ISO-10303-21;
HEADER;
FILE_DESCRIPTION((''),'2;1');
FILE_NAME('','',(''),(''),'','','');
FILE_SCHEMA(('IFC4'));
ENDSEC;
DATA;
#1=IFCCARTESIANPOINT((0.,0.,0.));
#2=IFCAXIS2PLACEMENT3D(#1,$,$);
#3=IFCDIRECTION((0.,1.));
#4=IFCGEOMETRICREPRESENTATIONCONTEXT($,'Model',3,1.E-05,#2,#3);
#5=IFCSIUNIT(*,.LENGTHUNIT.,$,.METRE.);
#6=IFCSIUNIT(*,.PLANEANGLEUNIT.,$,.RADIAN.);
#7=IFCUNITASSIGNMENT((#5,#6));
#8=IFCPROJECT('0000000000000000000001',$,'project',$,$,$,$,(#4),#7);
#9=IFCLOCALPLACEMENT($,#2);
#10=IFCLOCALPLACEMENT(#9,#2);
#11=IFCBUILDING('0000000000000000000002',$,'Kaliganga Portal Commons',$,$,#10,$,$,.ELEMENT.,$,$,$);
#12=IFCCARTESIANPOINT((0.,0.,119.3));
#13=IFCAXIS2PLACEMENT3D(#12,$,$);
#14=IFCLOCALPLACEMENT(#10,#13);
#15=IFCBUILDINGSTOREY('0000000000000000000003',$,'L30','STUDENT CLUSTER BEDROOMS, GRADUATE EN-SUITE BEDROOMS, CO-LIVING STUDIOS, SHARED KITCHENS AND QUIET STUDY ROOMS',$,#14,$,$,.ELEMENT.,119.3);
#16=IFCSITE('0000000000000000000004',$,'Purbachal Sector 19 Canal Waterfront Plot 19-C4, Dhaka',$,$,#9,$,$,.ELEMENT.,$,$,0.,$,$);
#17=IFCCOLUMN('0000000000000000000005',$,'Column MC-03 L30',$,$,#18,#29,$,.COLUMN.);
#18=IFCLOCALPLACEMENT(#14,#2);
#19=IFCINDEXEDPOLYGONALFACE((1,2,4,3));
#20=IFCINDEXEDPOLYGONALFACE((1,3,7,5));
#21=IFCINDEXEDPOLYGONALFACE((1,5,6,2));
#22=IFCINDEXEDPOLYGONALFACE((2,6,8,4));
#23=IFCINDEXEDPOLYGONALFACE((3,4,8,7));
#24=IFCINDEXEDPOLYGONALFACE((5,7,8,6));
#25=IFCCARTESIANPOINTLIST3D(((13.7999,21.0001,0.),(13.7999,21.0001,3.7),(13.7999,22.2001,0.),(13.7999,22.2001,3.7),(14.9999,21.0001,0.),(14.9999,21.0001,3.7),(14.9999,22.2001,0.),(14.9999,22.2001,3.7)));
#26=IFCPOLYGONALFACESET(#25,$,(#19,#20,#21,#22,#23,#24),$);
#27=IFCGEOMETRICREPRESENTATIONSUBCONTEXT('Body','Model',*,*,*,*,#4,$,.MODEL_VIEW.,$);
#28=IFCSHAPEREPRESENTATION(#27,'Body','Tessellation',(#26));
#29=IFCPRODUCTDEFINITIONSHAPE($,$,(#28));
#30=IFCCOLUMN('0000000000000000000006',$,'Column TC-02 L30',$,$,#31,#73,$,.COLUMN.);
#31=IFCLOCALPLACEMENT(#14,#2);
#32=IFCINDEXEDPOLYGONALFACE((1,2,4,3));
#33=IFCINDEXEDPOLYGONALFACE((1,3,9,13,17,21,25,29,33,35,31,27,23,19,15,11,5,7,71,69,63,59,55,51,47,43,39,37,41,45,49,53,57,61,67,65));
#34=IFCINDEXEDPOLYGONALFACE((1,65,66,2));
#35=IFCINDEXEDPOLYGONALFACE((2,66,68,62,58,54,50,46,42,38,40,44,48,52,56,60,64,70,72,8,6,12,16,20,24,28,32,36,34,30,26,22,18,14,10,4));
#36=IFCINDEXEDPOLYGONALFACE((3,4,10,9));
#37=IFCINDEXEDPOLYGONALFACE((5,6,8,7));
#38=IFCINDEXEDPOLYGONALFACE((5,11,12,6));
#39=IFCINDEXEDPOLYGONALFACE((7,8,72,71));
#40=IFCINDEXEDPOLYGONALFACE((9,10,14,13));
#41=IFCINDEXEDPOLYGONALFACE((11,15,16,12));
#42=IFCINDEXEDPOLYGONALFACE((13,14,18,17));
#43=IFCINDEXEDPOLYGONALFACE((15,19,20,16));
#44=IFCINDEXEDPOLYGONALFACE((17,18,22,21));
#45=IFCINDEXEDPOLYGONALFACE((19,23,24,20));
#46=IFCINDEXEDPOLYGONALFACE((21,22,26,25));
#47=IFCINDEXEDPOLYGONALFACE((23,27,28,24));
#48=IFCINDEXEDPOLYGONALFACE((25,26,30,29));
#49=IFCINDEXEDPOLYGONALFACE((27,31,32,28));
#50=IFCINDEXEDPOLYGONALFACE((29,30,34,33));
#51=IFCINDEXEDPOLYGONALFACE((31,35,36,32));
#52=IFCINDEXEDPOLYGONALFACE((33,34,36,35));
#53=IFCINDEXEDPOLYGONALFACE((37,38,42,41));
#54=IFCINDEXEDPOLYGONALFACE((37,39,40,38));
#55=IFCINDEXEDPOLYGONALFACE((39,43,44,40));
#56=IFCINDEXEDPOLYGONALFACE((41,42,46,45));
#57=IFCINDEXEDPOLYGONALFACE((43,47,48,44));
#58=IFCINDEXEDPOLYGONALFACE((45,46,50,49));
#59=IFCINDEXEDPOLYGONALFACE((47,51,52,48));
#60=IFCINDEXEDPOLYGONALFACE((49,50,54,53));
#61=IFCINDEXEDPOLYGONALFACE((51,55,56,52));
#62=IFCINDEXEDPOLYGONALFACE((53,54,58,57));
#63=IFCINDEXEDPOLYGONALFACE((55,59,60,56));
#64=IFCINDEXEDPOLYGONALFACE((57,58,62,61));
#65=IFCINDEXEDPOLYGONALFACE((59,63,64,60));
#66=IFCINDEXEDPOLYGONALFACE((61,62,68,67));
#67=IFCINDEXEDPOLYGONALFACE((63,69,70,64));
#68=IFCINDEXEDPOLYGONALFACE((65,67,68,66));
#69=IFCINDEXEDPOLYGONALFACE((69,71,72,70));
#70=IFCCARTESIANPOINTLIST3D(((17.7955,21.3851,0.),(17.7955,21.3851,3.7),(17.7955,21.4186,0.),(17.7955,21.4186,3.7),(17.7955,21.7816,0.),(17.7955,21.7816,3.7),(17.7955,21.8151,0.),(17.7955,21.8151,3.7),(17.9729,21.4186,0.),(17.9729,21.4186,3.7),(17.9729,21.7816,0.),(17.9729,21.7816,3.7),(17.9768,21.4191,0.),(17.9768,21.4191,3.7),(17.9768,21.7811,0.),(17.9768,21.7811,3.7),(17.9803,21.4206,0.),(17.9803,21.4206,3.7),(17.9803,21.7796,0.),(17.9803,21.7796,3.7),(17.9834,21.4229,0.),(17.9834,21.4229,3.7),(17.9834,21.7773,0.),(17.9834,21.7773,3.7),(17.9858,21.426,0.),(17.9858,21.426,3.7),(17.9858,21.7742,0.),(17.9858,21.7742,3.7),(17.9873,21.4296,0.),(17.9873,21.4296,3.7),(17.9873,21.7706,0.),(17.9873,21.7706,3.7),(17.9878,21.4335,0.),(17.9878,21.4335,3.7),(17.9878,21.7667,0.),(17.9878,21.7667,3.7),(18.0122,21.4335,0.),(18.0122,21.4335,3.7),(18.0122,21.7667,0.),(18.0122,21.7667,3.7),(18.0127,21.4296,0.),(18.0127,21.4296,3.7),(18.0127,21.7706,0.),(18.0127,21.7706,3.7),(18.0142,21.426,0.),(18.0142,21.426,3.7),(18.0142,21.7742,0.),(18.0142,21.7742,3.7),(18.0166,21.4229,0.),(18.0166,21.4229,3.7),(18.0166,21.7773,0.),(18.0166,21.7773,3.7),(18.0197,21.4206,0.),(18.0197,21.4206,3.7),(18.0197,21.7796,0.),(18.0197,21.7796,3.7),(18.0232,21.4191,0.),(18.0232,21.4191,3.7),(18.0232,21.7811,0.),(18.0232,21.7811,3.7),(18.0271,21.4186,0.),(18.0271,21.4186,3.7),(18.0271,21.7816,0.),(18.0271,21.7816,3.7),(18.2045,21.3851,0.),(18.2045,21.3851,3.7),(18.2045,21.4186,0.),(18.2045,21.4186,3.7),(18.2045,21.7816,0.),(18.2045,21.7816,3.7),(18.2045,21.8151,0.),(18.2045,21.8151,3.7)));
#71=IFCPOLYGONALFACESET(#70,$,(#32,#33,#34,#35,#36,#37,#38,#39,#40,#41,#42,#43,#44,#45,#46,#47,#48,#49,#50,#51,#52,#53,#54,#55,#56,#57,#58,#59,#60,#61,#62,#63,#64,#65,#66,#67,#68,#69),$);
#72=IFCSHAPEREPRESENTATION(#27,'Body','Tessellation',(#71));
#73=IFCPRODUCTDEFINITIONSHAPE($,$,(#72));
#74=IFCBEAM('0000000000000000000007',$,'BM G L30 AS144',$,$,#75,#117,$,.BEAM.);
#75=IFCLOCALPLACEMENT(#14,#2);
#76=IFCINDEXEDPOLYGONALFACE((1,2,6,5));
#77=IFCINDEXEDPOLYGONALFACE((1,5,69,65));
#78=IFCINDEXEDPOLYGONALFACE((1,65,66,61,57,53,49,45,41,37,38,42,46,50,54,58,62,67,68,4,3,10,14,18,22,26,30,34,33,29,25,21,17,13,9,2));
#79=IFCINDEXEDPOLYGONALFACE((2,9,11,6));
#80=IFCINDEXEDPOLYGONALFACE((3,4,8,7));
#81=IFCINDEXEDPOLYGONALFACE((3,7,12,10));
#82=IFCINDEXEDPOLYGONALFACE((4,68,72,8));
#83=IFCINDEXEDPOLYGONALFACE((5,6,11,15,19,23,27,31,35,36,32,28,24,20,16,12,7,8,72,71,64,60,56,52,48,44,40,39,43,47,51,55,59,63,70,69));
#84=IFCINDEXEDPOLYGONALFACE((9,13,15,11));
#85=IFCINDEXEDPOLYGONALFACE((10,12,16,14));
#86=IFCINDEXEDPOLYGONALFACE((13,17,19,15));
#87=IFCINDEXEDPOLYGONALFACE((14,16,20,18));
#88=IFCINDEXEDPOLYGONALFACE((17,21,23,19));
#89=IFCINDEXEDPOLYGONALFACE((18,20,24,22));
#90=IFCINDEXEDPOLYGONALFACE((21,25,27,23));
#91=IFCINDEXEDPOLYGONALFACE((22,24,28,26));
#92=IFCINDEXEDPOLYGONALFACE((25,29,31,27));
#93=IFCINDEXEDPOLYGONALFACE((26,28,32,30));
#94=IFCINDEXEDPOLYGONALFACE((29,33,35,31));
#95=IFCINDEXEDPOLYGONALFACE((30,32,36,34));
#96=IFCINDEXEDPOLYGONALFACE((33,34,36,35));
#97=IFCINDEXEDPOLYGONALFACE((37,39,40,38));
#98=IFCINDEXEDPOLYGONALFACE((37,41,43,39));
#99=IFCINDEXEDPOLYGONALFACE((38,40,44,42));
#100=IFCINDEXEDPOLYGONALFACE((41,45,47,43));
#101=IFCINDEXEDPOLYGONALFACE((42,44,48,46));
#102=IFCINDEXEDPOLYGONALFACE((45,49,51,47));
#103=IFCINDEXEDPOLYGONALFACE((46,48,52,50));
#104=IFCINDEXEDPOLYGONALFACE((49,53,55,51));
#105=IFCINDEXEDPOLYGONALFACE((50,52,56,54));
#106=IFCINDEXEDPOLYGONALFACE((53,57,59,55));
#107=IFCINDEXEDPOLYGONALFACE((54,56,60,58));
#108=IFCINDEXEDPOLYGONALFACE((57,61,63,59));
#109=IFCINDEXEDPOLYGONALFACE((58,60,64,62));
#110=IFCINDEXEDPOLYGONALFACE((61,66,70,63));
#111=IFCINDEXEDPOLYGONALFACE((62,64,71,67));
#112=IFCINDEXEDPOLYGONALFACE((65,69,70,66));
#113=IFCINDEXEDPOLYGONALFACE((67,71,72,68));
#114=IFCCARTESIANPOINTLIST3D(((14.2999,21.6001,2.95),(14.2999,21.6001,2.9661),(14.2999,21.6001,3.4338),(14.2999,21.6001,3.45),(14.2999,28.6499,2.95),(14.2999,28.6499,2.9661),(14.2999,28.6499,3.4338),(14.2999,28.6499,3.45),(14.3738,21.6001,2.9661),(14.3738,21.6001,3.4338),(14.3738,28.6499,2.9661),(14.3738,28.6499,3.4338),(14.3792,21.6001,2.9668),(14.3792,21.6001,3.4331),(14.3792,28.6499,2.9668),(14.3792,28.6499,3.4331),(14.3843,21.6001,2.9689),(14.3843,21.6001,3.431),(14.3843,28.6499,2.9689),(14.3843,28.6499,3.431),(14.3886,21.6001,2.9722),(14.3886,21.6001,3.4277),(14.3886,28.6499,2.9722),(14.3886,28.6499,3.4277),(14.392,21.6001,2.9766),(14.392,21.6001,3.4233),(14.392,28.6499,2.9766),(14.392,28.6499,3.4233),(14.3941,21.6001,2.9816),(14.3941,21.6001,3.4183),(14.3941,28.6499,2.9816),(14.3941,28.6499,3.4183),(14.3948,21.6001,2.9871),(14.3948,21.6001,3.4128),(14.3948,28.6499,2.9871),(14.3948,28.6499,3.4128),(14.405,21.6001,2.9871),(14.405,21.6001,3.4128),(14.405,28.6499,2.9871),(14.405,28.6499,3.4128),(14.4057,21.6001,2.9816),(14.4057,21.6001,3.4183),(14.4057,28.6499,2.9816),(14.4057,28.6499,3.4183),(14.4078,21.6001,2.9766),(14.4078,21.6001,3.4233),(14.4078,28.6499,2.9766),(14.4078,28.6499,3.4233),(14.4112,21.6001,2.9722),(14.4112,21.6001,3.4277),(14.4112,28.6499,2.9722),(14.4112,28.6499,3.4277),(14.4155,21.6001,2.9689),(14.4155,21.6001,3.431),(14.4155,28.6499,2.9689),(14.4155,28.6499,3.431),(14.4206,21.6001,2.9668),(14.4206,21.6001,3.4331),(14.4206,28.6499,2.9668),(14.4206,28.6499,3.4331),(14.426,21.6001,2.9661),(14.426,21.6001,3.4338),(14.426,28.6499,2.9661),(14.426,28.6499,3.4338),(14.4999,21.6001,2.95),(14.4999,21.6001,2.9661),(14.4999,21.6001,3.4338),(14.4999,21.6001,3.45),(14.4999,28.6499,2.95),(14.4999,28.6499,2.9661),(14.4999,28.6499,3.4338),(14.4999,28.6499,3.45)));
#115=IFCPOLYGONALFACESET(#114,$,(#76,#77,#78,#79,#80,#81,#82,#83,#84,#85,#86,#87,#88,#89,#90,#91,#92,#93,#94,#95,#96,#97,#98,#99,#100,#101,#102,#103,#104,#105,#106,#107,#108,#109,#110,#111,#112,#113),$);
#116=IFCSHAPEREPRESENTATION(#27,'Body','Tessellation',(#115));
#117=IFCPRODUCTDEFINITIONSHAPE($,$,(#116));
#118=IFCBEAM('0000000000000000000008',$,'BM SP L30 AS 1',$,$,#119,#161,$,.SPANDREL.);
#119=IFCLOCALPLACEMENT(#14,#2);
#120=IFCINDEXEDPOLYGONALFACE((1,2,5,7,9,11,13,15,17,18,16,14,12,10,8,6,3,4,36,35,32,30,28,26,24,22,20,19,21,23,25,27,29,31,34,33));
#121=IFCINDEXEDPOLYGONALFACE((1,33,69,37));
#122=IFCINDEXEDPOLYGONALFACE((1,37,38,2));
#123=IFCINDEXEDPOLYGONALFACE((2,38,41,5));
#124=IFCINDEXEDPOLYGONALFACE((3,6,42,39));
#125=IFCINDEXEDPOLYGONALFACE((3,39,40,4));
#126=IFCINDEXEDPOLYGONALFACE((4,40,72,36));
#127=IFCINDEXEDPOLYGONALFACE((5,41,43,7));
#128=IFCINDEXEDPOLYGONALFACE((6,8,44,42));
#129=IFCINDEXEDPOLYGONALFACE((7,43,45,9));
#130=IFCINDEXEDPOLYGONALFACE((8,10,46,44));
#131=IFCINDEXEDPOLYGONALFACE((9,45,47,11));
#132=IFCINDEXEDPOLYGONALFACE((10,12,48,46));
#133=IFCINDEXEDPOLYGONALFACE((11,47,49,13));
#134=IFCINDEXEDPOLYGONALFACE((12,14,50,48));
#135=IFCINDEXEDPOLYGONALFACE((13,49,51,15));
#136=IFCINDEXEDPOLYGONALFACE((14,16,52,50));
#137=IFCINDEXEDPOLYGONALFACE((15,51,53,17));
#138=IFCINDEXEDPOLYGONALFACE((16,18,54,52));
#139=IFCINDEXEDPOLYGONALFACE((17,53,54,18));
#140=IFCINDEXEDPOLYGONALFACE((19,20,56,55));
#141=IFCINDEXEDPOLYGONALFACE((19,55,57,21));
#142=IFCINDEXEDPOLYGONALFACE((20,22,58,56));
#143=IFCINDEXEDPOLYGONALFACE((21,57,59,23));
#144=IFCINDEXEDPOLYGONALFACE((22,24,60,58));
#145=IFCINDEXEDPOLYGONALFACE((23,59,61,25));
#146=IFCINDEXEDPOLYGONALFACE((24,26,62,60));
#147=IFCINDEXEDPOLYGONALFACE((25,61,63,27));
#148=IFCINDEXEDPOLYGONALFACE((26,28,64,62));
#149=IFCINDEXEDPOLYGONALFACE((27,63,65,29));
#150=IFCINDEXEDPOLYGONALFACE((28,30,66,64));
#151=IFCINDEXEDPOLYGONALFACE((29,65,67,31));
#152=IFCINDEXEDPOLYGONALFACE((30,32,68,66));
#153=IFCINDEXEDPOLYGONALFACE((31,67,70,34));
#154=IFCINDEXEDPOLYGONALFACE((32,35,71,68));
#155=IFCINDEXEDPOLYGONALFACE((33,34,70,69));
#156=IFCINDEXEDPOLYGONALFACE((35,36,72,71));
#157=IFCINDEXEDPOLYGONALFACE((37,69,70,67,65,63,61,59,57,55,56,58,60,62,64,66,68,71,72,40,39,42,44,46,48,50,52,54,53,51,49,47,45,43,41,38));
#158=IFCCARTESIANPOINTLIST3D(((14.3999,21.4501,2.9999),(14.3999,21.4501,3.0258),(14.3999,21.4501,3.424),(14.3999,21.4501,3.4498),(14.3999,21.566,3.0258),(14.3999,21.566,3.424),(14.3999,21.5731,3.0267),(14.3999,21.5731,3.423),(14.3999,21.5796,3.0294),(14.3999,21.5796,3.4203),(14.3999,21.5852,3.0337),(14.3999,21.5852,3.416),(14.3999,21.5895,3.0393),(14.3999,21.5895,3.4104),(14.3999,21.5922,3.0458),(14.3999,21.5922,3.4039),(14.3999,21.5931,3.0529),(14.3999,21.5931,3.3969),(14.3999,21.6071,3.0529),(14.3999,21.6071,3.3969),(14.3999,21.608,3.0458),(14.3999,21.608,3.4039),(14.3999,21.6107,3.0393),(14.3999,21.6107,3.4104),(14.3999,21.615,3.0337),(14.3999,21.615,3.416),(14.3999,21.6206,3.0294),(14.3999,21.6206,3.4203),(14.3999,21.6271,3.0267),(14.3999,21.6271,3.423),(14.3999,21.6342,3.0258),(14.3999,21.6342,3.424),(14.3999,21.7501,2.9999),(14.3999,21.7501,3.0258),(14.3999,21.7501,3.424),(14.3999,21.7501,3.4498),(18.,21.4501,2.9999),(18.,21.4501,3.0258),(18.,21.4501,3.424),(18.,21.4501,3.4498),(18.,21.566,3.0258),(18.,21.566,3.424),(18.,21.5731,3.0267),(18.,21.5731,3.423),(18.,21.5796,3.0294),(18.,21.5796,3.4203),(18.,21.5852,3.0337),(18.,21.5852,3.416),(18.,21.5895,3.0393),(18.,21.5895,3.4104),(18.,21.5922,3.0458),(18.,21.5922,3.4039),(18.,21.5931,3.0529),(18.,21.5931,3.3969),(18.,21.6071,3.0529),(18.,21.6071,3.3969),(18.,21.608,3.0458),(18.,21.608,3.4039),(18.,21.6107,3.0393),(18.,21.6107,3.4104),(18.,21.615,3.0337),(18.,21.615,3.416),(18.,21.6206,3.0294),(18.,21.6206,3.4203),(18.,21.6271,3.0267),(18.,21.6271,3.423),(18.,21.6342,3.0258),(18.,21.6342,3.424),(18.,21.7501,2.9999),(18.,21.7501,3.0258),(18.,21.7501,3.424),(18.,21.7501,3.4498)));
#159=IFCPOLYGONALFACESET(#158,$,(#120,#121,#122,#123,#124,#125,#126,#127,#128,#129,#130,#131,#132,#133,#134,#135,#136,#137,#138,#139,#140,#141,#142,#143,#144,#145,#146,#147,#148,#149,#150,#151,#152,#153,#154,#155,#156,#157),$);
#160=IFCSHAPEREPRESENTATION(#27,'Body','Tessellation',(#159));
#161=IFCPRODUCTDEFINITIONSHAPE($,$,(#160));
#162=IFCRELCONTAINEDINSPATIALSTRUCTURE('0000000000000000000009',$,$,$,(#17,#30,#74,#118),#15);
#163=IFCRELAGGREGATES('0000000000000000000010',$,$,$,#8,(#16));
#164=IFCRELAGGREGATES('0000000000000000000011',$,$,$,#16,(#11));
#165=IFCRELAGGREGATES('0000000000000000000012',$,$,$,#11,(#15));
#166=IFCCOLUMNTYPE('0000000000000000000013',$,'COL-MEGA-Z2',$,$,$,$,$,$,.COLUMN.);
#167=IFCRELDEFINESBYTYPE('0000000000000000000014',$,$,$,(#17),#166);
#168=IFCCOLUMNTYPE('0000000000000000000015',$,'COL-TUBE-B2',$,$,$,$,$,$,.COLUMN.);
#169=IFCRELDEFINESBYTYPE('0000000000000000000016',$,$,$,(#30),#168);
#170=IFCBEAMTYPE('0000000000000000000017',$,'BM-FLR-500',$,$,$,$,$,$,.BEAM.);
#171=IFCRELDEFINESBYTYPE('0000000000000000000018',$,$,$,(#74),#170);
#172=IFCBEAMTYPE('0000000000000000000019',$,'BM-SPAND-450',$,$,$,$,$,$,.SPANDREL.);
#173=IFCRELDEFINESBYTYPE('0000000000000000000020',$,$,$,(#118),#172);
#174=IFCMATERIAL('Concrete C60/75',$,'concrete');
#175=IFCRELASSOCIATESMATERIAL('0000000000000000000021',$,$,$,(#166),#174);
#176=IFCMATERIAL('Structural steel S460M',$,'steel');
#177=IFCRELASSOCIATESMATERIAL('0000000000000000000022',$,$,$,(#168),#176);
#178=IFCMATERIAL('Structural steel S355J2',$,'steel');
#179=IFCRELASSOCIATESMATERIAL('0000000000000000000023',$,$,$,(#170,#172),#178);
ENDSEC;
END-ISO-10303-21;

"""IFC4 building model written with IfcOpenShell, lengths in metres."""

from ifc_helpers import new_model, si_unit, direction, frame, origin, origin_2d, place, context, subcontext, project, spatial, rectangle, i_section, extrude, source, transform, mapped, material, material_profile, profile_set, type_object, element, save


model = new_model("IFC4")

# Units and contexts
model_context = context("Model", 3, precision=1e-05, world=origin(), true_north=direction((0.0, 1.0)))
body_context = subcontext(model_context, "Body", "Model", "MODEL_VIEW")
ifc_project = project(units=[si_unit("LENGTHUNIT", "METRE"), si_unit("PLANEANGLEUNIT", "RADIAN")], contexts=[model_context])

# Site, building, storey
site_placement = place(None, origin())
site = spatial("IfcSite", under=ifc_project, at=site_placement, Name="Purbachal Sector 19 Canal Waterfront Plot 19-C4, Dhaka", CompositionType="ELEMENT", RefElevation=0.0)
building_placement = place(site_placement, origin())
building = spatial("IfcBuilding", under=site, at=building_placement, Name="Kaliganga Portal Commons", CompositionType="ELEMENT")
storey_placement = place(building_placement, frame((0.0, 0.0, 119.3)))
storey = spatial("IfcBuildingStorey", under=building, at=storey_placement, Name="L30", Description="STUDENT CLUSTER BEDROOMS, GRADUATE EN-SUITE BEDROOMS, CO-LIVING STUDIOS, SHARED KITCHENS AND QUIET STUDY ROOMS", CompositionType="ELEMENT", Elevation=119.3)

# Columns
ifc_material_1 = material(Name="Concrete C60/75", Category="concrete")
ifc_material_profile_1 = material_profile(ifc_material_1, rectangle(XDim=1.2, YDim=1.2, at=origin_2d()), Name="RC 1200x1200")
ifc_profile_set_1 = profile_set([ifc_material_profile_1], Name="Concrete C60/75")
column_type_1 = type_object("IfcColumnType", Name="COL-MEGA-Z2", PredefinedType="COLUMN", material=ifc_profile_set_1)
shared_shape_1 = source(origin(), body_context, "Body", "SweptSolid", [
    extrude(rectangle(XDim=1.2, YDim=1.2, at=origin_2d()), origin(), (0.0, 0.0, 1.0), 3.7),
])
column_1_placement = place(storey_placement, frame((14.3999, 21.6001, 0.0), z_axis=(0.0, 0.0, 1.0), x_axis=(1.0, 0.0, 0.0)))
element("IfcColumn", 1, at=column_1_placement, inside=storey, type_object=column_type_1, Name="Column MC-03 L30", PredefinedType="COLUMN", context=body_context, shape_type="MappedRepresentation", body=[
    mapped(shared_shape_1, transform((0.0, 0.0, 0.0), x_axis=(1.0, 0.0, 0.0), y_axis=(0.0, 1.0, 0.0), z_axis=(0.0, 0.0, 1.0), scale=1.0)),
])
ifc_material_2 = material(Name="Structural steel S460M", Category="steel")
ifc_material_profile_2 = material_profile(ifc_material_2, i_section(OverallWidth=0.4089, OverallDepth=0.4299, WebThickness=0.0244, FlangeThickness=0.0334, FilletRadius=0.0149, at=origin_2d()), Name="HD 400x421")
ifc_profile_set_2 = profile_set([ifc_material_profile_2], Name="Structural steel S460M wide-flange")
column_type_2 = type_object("IfcColumnType", Name="COL-TUBE-B2", PredefinedType="COLUMN", material=ifc_profile_set_2)
shared_shape_2 = source(origin(), body_context, "Body", "SweptSolid", [
    extrude(i_section(OverallWidth=0.4089, OverallDepth=0.4299, WebThickness=0.0244, FlangeThickness=0.0334, FilletRadius=0.0149, at=origin_2d()), origin(), (0.0, 0.0, 1.0), 3.7),
])
column_2_placement = place(storey_placement, frame((18.0, 21.6001, 0.0), z_axis=(0.0, 0.0, 1.0), x_axis=(1.0, 0.0, 0.0)))
element("IfcColumn", 2, at=column_2_placement, inside=storey, type_object=column_type_2, Name="Column TC-02 L30", PredefinedType="COLUMN", context=body_context, shape_type="MappedRepresentation", body=[
    mapped(shared_shape_2, transform((0.0, 0.0, 0.0), x_axis=(1.0, 0.0, 0.0), y_axis=(0.0, 1.0, 0.0), z_axis=(0.0, 0.0, 1.0), scale=1.0)),
])

# Beams
ifc_material_3 = material(Name="Structural steel S355J2", Category="steel")
ifc_material_profile_3 = material_profile(ifc_material_3, i_section(OverallWidth=0.2, OverallDepth=0.5, WebThickness=0.0103, FlangeThickness=0.0161, FilletRadius=0.021, at=origin_2d()), Name="IPE 500")
ifc_profile_set_3 = profile_set([ifc_material_profile_3], Name="Structural steel S355J2 wide-flange")
beam_type_1 = type_object("IfcBeamType", Name="BM-FLR-500", PredefinedType="BEAM", material=ifc_profile_set_3)
shared_shape_3 = source(origin(), body_context, "Body", "SweptSolid", [
    extrude(i_section(OverallWidth=0.2, OverallDepth=0.5, WebThickness=0.0103, FlangeThickness=0.0161, FilletRadius=0.021, at=origin_2d()), origin(), (0.0, 0.0, 1.0), 7.0498),
])
beam_1_placement = place(storey_placement, frame((14.3999, 21.6001, 3.2), z_axis=(0.0, 1.0, 0.0), x_axis=(-1.0, 0.0, 0.0)))
element("IfcBeam", 3, at=beam_1_placement, inside=storey, type_object=beam_type_1, Name="BM G L30 AS144", PredefinedType="BEAM", context=body_context, shape_type="MappedRepresentation", body=[
    mapped(shared_shape_3, transform((0.0, 0.0, 0.0), x_axis=(1.0, 0.0, 0.0), y_axis=(0.0, 1.0, 0.0), z_axis=(0.0, 0.0, 1.0), scale=1.0)),
])
ifc_material_profile_4 = material_profile(ifc_material_3, i_section(OverallWidth=0.3, OverallDepth=0.45, WebThickness=0.0139, FlangeThickness=0.0259, FilletRadius=0.0271, at=origin_2d()), Name="HE 450 B")
ifc_profile_set_4 = profile_set([ifc_material_profile_4], Name="Structural steel S355J2 wide-flange")
beam_type_2 = type_object("IfcBeamType", Name="BM-SPAND-450", PredefinedType="SPANDREL", material=ifc_profile_set_4)
shared_shape_4 = source(origin(), body_context, "Body", "SweptSolid", [
    extrude(i_section(OverallWidth=0.3, OverallDepth=0.45, WebThickness=0.0139, FlangeThickness=0.0259, FilletRadius=0.0271, at=origin_2d()), origin(), (0.0, 0.0, 1.0), 3.6001),
])
for number, where, z_axis, x_axis, name in (
    (4, (14.3999, 21.6001, 3.2249), (1.0, 0.0, 0.0), (0.0, 1.0, 0.0), "BM SP L30 AS 1"),
):
    element("IfcBeam", number, at=place(storey_placement, frame(where, z_axis=z_axis, x_axis=x_axis)), inside=storey, type_object=beam_type_2, Name=name, PredefinedType="SPANDREL", context=body_context, shape_type="MappedRepresentation", body=[
        mapped(shared_shape_4, transform((0.0, 0.0, 0.0), x_axis=(1.0, 0.0, 0.0), y_axis=(0.0, 1.0, 0.0), z_axis=(0.0, 0.0, 1.0), scale=1.0)),
    ])

save(model, "model.ifc")
